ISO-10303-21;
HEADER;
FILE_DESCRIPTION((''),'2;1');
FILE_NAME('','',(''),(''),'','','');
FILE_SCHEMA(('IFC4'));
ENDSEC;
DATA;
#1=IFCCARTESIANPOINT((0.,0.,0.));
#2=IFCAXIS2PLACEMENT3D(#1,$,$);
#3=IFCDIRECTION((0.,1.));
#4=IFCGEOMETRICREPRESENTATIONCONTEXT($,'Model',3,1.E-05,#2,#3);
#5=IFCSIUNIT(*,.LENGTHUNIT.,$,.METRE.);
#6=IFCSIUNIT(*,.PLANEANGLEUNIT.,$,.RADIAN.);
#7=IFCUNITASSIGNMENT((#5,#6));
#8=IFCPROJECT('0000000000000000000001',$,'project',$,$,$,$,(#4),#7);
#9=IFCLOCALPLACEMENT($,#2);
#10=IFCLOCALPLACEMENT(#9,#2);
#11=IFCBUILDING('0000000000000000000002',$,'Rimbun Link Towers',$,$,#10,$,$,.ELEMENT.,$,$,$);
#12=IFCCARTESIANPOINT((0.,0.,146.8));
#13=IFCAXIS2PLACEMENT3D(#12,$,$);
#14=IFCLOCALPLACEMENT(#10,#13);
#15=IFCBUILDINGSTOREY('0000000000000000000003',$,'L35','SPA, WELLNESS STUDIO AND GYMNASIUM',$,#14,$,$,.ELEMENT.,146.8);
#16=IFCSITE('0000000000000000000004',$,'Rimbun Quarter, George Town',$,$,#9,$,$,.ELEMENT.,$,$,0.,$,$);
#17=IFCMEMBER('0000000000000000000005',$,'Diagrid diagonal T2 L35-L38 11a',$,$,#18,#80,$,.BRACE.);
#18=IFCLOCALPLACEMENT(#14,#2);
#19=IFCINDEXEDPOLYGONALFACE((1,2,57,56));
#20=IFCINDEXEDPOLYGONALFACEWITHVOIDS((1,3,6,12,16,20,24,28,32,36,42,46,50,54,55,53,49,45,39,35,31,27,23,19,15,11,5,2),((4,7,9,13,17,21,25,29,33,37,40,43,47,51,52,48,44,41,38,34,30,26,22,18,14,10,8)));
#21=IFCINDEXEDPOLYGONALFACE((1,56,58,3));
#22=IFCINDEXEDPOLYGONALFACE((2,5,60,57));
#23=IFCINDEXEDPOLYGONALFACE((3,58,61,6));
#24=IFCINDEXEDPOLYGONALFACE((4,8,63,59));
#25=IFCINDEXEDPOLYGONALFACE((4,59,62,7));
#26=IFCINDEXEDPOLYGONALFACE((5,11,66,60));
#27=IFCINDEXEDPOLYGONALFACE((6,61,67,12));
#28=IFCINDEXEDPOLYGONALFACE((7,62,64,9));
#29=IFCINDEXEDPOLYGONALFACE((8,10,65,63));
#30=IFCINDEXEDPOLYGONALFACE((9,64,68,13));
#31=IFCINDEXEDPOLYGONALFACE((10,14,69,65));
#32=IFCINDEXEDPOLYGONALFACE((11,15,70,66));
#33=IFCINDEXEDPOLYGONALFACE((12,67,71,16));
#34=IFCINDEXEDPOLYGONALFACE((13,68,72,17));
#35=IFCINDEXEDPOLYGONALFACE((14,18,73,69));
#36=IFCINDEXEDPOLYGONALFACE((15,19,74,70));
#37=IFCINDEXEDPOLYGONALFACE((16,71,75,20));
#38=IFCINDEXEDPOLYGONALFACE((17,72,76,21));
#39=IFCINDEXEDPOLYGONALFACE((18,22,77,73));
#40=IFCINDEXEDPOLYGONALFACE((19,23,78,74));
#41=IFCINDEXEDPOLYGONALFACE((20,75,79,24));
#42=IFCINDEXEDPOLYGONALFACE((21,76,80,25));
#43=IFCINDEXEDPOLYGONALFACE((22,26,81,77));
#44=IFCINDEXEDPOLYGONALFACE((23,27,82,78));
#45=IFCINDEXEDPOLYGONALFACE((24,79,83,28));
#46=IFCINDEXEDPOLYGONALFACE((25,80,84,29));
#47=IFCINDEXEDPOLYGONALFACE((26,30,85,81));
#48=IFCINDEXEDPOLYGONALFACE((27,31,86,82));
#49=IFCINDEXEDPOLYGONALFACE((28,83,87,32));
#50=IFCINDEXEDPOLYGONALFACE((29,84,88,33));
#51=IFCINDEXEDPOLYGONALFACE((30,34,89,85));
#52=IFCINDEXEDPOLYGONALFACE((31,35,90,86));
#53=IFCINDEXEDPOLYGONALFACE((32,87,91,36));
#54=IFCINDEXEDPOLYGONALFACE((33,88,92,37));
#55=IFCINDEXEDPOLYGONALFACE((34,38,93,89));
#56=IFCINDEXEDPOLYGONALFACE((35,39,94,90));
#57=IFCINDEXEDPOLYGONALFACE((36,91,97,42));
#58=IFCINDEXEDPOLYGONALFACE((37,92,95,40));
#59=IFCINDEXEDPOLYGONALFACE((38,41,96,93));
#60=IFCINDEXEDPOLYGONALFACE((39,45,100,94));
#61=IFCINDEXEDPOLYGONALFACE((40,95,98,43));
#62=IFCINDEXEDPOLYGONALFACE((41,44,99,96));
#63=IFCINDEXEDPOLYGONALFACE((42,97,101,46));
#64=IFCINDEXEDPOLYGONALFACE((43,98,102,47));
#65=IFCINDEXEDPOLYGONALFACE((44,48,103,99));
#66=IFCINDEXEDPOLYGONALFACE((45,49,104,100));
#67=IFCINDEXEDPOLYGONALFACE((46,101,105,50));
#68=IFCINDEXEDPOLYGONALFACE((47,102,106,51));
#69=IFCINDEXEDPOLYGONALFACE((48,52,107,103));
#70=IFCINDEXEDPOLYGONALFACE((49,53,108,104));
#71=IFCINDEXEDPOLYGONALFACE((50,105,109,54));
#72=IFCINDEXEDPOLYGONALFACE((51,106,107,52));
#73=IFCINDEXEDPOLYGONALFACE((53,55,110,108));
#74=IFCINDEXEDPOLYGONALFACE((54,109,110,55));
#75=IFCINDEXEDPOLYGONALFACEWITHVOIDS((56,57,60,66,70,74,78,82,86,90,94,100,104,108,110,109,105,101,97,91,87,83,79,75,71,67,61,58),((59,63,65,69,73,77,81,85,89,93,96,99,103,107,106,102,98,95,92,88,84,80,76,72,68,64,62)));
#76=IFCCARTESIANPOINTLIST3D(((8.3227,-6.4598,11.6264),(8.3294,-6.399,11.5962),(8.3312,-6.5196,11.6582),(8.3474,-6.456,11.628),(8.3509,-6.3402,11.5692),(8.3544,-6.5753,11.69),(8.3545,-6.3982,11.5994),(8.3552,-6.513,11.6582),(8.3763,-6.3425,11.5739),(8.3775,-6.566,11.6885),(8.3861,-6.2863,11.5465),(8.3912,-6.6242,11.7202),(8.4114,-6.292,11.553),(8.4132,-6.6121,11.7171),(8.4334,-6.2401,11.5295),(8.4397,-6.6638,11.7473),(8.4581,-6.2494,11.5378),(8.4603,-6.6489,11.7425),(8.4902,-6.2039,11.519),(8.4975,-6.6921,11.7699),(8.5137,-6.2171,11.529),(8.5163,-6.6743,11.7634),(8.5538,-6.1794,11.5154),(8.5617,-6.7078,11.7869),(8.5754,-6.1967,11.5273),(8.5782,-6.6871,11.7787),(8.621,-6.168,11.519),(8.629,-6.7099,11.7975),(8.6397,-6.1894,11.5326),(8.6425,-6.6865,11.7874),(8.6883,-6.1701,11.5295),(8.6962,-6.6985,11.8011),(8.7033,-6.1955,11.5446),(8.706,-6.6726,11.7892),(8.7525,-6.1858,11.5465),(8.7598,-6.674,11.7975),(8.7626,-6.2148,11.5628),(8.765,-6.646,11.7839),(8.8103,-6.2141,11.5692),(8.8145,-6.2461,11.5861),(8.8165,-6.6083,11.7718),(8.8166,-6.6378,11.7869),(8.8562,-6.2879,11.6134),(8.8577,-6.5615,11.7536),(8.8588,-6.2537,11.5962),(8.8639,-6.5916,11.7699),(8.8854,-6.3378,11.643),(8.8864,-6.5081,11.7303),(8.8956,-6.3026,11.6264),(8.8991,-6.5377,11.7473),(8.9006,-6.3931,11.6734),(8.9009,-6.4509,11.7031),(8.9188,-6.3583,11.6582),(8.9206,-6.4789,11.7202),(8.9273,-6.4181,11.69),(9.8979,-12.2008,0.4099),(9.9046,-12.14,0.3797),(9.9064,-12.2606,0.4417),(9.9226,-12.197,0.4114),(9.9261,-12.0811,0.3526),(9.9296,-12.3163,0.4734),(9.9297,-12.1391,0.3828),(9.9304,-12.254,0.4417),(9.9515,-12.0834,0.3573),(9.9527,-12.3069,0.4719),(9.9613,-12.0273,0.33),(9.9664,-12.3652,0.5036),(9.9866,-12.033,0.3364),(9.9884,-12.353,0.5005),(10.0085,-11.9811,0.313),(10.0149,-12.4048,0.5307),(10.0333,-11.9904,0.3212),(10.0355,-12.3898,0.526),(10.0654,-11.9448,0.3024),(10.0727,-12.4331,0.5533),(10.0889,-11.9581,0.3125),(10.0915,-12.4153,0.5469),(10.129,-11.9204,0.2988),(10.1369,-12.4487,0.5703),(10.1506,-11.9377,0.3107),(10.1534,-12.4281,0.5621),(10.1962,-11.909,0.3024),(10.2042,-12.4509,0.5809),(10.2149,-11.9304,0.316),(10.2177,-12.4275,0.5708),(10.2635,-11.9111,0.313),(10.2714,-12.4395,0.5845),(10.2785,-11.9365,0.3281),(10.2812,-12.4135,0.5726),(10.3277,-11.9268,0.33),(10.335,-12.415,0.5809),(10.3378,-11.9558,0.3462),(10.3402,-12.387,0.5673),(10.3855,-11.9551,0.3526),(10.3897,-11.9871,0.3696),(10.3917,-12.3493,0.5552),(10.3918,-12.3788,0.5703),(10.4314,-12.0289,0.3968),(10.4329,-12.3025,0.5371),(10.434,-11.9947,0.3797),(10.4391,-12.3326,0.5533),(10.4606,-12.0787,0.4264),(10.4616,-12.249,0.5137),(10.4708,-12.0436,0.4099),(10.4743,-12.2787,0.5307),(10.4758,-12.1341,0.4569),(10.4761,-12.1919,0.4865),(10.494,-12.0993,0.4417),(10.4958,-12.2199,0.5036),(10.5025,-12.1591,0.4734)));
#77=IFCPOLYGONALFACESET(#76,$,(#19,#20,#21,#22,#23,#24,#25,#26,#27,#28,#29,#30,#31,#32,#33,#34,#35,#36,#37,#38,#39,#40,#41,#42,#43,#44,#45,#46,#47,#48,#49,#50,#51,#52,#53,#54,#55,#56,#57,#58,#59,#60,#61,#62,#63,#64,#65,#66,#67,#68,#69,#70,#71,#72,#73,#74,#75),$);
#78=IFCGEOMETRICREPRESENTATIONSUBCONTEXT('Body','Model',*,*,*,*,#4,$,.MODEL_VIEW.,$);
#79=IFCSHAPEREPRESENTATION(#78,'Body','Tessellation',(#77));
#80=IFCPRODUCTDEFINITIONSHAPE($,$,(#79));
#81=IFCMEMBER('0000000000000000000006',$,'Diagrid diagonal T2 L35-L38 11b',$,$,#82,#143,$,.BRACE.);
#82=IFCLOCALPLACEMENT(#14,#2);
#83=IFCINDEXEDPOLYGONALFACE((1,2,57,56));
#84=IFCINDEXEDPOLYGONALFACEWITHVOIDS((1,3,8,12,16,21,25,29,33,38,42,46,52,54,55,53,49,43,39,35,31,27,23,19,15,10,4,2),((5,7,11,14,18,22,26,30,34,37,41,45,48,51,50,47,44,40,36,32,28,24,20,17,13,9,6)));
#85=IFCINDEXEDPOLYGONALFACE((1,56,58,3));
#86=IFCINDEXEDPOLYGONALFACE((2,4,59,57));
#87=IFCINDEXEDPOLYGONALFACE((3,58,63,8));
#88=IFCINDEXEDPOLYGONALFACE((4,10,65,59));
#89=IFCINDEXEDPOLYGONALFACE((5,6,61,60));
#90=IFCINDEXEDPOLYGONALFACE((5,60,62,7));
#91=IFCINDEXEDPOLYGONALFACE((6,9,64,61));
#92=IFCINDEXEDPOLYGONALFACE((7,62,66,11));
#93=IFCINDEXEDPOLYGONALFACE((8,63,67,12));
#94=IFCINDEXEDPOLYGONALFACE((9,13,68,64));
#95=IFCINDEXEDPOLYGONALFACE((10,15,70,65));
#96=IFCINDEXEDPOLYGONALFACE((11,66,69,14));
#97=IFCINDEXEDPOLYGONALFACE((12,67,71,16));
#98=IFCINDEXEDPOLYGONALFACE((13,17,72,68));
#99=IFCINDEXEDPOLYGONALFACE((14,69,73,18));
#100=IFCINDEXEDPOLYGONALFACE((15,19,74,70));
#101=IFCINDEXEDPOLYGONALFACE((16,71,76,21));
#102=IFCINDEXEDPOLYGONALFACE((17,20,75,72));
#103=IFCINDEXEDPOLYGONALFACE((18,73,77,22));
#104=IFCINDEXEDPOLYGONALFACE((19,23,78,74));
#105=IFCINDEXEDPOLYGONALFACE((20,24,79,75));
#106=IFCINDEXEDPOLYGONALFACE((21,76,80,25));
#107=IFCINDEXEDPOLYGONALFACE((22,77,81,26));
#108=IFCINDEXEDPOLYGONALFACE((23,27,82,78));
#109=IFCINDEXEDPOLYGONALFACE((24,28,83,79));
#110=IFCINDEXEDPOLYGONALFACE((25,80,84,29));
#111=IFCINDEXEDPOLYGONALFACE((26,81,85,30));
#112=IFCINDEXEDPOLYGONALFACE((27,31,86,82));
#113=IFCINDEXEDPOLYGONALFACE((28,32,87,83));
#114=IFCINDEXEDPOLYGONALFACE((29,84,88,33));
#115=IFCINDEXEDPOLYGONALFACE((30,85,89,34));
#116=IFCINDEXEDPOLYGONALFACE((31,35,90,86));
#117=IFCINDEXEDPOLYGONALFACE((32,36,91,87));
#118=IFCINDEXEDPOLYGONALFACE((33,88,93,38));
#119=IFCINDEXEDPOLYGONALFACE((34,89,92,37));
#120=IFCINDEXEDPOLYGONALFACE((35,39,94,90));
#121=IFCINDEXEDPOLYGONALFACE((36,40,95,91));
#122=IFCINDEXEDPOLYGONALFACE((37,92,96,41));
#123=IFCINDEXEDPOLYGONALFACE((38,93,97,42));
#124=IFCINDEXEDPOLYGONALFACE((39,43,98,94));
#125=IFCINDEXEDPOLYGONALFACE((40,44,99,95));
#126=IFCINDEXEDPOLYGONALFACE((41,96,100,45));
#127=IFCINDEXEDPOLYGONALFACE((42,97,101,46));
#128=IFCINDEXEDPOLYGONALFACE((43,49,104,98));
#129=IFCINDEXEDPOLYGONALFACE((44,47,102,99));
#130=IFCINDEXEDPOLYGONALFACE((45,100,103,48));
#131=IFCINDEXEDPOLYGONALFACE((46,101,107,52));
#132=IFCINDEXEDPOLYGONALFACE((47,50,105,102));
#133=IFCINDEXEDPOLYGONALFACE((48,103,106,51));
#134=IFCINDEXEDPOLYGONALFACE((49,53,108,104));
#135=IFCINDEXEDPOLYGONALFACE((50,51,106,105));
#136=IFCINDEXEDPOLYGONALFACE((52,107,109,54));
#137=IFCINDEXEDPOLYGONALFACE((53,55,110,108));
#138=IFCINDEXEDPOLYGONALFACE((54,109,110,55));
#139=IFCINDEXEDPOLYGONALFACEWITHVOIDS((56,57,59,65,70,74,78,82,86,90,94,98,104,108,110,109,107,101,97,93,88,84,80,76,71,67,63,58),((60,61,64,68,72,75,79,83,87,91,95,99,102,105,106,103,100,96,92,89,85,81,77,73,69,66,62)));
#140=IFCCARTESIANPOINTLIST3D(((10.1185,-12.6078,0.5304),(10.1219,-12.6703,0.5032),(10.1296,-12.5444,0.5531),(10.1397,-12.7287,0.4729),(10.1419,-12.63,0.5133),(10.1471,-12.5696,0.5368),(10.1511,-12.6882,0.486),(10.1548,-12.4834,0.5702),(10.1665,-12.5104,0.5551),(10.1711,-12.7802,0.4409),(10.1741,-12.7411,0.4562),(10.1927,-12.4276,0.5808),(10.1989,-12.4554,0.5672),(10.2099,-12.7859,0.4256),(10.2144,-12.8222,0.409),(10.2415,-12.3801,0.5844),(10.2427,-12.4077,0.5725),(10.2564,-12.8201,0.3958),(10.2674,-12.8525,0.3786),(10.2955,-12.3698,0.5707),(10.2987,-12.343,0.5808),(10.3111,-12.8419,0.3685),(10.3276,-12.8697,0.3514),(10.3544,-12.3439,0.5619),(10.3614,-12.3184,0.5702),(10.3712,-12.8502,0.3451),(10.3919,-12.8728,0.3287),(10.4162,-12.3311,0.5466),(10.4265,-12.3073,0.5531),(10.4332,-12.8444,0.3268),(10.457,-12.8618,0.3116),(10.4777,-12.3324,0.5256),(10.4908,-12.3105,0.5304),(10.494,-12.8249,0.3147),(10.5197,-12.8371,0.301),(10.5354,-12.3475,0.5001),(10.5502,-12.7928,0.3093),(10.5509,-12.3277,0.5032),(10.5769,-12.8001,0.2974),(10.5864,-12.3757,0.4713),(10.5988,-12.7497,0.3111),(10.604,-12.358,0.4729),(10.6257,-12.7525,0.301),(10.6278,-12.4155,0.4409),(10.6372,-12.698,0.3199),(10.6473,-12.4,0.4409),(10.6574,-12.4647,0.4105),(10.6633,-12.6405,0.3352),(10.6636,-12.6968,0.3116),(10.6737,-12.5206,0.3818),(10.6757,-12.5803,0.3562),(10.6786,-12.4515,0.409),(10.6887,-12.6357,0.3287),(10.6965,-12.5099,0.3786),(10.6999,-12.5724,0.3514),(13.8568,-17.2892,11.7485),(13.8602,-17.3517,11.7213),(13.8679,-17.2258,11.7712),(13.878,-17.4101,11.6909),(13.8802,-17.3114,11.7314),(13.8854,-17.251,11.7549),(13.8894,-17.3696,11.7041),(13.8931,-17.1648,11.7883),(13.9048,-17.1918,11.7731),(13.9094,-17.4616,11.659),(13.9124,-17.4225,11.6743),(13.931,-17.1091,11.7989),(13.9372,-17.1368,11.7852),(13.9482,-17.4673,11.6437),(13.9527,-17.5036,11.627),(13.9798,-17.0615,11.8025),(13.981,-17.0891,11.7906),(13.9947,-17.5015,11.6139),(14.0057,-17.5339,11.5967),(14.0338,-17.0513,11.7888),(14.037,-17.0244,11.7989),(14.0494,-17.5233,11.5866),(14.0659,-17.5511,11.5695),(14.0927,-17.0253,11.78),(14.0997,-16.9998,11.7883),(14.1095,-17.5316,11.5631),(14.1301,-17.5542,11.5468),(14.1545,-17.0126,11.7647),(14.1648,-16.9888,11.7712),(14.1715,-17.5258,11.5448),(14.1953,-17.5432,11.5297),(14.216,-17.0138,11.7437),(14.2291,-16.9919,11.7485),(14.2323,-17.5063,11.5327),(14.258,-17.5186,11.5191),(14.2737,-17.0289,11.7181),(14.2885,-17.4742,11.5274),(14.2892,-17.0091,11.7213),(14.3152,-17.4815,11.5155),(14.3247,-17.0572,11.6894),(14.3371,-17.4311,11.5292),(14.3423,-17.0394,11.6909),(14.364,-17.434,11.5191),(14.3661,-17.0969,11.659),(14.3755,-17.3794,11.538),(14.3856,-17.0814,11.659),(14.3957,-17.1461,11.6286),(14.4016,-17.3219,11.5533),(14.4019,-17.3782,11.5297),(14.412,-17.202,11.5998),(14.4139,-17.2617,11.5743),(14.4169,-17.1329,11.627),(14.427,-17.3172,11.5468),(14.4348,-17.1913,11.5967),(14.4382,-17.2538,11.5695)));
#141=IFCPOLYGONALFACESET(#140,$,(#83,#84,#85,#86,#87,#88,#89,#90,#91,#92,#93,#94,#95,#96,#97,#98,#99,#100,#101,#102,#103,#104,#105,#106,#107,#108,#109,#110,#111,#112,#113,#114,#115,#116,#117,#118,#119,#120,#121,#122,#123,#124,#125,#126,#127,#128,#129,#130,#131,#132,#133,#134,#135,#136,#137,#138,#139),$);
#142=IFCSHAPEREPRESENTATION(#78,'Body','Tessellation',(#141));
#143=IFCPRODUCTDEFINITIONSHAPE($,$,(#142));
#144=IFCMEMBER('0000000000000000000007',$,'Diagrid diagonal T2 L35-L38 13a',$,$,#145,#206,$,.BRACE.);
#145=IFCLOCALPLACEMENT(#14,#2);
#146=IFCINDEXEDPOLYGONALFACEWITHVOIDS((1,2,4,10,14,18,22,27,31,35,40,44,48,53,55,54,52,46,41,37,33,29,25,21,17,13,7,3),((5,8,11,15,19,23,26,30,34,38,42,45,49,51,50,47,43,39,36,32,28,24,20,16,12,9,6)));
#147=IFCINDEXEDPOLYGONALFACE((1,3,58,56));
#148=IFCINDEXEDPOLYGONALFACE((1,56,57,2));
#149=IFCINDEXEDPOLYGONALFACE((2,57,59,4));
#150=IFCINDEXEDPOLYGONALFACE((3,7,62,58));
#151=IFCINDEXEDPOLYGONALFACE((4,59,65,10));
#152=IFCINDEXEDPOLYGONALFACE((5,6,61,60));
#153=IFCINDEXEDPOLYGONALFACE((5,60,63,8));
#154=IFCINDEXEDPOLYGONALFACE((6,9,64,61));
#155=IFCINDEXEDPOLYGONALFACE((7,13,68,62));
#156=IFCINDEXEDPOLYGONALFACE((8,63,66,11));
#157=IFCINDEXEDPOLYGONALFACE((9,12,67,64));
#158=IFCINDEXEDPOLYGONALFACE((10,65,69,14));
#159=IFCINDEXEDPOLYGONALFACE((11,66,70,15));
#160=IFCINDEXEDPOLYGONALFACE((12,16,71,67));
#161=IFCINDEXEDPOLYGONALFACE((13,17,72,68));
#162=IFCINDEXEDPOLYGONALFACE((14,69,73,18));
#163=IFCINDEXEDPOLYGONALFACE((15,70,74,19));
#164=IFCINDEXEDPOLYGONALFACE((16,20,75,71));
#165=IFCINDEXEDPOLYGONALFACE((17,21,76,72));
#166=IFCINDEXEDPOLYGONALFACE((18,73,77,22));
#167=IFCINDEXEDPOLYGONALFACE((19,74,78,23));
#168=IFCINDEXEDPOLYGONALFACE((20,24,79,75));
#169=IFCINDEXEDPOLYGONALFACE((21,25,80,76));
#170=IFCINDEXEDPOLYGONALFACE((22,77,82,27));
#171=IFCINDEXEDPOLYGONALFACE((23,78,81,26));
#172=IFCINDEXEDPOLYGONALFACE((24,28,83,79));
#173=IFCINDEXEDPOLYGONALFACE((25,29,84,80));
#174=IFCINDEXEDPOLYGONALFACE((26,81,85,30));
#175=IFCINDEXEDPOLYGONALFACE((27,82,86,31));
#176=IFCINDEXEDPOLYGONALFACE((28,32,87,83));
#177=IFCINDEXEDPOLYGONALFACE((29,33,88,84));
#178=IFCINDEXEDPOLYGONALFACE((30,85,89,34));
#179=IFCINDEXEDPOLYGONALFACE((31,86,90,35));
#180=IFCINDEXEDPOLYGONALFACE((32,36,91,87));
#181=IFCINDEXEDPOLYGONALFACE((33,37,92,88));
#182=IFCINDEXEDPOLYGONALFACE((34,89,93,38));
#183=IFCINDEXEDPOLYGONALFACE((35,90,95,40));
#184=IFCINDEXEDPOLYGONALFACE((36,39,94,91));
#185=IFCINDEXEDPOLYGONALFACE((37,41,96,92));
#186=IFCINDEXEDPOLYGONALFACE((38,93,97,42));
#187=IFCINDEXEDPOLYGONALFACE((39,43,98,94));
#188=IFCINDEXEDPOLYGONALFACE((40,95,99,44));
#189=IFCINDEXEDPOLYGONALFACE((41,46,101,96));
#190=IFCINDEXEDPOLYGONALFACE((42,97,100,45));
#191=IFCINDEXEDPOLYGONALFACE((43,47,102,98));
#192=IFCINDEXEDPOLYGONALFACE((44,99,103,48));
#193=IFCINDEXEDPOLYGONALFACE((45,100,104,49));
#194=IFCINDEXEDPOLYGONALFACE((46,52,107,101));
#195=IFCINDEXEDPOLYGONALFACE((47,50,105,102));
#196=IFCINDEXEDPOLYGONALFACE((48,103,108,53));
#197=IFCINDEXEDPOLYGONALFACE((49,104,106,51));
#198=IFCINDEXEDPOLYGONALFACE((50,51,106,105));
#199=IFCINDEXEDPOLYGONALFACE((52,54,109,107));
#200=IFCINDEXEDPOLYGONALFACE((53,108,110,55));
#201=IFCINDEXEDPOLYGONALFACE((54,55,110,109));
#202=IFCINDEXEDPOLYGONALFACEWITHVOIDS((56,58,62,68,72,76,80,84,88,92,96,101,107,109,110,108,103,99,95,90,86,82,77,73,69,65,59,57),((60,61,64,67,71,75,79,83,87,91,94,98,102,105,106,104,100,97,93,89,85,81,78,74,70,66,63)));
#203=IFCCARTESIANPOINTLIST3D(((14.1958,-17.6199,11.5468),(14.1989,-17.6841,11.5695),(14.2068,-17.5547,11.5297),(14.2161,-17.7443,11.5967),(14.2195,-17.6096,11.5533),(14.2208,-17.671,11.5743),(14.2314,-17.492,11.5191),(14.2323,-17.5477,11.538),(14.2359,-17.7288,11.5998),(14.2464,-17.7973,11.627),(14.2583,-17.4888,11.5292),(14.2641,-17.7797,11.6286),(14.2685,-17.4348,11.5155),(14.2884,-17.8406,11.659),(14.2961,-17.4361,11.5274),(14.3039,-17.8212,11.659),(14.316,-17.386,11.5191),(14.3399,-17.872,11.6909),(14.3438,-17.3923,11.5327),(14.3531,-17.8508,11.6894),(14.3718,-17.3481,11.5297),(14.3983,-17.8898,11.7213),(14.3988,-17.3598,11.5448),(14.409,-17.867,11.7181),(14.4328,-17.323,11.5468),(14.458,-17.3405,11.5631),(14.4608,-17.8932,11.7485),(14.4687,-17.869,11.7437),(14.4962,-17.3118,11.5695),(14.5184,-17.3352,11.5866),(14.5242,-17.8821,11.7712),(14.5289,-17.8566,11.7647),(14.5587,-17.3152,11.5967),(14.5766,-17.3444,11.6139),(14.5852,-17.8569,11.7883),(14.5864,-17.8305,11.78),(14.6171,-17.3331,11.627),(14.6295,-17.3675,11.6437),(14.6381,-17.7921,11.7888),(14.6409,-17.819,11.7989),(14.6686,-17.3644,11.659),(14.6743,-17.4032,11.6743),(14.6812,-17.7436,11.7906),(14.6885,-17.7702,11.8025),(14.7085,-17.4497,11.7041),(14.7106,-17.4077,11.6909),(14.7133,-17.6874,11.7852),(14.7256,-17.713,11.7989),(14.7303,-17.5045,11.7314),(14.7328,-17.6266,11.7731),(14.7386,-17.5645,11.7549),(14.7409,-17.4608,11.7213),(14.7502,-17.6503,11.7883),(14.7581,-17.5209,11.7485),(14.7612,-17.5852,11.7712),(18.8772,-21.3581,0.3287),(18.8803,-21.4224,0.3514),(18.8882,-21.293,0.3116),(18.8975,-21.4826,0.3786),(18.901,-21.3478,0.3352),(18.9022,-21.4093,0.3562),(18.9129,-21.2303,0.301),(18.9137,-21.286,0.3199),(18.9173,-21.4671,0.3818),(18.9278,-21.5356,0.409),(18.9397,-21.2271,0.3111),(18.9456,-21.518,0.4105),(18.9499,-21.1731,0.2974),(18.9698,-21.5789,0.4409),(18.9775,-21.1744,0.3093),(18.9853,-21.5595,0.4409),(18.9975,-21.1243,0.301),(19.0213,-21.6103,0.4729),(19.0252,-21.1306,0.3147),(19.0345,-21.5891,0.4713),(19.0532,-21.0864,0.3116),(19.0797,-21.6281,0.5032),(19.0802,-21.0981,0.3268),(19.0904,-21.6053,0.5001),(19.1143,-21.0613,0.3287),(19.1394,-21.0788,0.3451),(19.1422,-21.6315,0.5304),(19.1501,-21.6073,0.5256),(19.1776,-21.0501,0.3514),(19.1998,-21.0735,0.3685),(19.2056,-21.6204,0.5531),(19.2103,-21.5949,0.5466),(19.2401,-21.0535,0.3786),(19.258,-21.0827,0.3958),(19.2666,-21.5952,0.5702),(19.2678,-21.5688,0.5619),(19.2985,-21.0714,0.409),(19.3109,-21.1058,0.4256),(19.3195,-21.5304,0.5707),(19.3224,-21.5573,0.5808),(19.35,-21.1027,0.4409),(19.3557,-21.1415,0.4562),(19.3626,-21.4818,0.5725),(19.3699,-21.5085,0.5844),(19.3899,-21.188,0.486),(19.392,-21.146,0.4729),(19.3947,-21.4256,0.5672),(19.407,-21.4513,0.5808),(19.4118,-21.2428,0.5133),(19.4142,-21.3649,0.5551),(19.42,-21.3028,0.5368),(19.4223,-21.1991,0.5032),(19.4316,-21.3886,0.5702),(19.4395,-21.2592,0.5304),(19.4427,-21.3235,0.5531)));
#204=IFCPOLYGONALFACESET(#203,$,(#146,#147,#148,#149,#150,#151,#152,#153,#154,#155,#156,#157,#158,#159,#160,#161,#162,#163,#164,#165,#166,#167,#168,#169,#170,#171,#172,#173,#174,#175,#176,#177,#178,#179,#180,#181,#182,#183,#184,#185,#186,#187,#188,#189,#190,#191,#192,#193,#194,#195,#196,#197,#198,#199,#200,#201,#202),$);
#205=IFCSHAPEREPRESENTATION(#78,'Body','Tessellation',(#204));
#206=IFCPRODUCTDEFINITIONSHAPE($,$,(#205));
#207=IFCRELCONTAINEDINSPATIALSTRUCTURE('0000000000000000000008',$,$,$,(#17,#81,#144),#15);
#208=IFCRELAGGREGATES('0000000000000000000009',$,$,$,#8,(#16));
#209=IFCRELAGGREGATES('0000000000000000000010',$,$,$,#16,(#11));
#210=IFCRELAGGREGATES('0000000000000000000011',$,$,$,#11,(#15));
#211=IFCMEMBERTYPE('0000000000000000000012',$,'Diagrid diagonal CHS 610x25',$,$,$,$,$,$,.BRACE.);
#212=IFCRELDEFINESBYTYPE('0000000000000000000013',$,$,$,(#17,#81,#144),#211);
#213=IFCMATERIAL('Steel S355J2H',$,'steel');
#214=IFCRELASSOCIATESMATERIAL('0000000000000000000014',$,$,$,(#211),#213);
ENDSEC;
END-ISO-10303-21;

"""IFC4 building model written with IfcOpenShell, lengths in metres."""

from ifc_helpers import new_model, si_unit, direction, frame, origin, origin_2d, place, context, subcontext, project, spatial, hollow_circle, extrude, material, material_profile, profile_set, type_object, element, save


model = new_model("IFC4")

# Units and contexts
model_context = context("Model", 3, precision=1e-05, world=origin(), true_north=direction((0.0, 1.0)))
body_context = subcontext(model_context, "Body", "Model", "MODEL_VIEW")
ifc_project = project(units=[si_unit("LENGTHUNIT", "METRE"), si_unit("PLANEANGLEUNIT", "RADIAN")], contexts=[model_context])

# Site, building, storey
site_placement = place(None, origin())
site = spatial("IfcSite", under=ifc_project, at=site_placement, Name="Rimbun Quarter, George Town", CompositionType="ELEMENT", RefElevation=0.0)
building_placement = place(site_placement, origin())
building = spatial("IfcBuilding", under=site, at=building_placement, Name="Rimbun Link Towers", CompositionType="ELEMENT")
storey_placement = place(building_placement, frame((0.0, 0.0, 146.8)))
storey = spatial("IfcBuildingStorey", under=building, at=storey_placement, Name="L35", Description="SPA, WELLNESS STUDIO AND GYMNASIUM", CompositionType="ELEMENT", Elevation=146.8)

# Members
ifc_material_1 = material(Name="Steel S355J2H", Category="steel")
ifc_material_profile_1 = material_profile(ifc_material_1, hollow_circle(Radius=0.3047, WallThickness=0.0249, at=origin_2d()), Name="Diagrid diagonal CHS 610x25")
ifc_profile_set_1 = profile_set([ifc_material_profile_1], Name="Steel S355J2H")
member_type_1 = type_object("IfcMemberType", Name="Diagrid diagonal CHS 610x25", PredefinedType="BRACE", material=ifc_profile_set_1)
member_1_placement = place(storey_placement, frame((10.2002, -12.1799, 0.4417), z_axis=(-0.124046, 0.452099, 0.8833), x_axis=(-0.964359, -0.264599, 0.0)))
element("IfcMember", 1, at=member_1_placement, inside=storey, type_object=member_type_1, Name="Diagrid diagonal T2 L35-L38 11a", PredefinedType="BRACE", context=body_context, shape_type="SweptSolid", body=[
    extrude(hollow_circle(Radius=0.3047, WallThickness=0.0249, at=origin_2d()), origin(), (0.0, 0.0, 1.0), 12.6985),
])
for number, where, z_axis, x_axis, name in (
    (2, (10.4092, -12.5901, 0.4409), (0.293948, -0.368107, 0.882095), (0.781425, 0.623999, 0.0), "Diagrid diagonal T2 L35-L38 11b"),
    (3, (19.1599, -21.3408, 0.4409), (-0.368107, 0.293948, 0.882095), (-0.623999, -0.781425, 0.0), "Diagrid diagonal T2 L35-L38 13a"),
):
    element("IfcMember", number, at=place(storey_placement, frame(where, z_axis=z_axis, x_axis=x_axis)), inside=storey, type_object=member_type_1, Name=name, PredefinedType="BRACE", context=body_context, shape_type="SweptSolid", body=[
        extrude(hollow_circle(Radius=0.3047, WallThickness=0.0249, at=origin_2d()), origin(), (0.0, 0.0, 1.0), 12.7175),
    ])

save(model, "model.ifc")
